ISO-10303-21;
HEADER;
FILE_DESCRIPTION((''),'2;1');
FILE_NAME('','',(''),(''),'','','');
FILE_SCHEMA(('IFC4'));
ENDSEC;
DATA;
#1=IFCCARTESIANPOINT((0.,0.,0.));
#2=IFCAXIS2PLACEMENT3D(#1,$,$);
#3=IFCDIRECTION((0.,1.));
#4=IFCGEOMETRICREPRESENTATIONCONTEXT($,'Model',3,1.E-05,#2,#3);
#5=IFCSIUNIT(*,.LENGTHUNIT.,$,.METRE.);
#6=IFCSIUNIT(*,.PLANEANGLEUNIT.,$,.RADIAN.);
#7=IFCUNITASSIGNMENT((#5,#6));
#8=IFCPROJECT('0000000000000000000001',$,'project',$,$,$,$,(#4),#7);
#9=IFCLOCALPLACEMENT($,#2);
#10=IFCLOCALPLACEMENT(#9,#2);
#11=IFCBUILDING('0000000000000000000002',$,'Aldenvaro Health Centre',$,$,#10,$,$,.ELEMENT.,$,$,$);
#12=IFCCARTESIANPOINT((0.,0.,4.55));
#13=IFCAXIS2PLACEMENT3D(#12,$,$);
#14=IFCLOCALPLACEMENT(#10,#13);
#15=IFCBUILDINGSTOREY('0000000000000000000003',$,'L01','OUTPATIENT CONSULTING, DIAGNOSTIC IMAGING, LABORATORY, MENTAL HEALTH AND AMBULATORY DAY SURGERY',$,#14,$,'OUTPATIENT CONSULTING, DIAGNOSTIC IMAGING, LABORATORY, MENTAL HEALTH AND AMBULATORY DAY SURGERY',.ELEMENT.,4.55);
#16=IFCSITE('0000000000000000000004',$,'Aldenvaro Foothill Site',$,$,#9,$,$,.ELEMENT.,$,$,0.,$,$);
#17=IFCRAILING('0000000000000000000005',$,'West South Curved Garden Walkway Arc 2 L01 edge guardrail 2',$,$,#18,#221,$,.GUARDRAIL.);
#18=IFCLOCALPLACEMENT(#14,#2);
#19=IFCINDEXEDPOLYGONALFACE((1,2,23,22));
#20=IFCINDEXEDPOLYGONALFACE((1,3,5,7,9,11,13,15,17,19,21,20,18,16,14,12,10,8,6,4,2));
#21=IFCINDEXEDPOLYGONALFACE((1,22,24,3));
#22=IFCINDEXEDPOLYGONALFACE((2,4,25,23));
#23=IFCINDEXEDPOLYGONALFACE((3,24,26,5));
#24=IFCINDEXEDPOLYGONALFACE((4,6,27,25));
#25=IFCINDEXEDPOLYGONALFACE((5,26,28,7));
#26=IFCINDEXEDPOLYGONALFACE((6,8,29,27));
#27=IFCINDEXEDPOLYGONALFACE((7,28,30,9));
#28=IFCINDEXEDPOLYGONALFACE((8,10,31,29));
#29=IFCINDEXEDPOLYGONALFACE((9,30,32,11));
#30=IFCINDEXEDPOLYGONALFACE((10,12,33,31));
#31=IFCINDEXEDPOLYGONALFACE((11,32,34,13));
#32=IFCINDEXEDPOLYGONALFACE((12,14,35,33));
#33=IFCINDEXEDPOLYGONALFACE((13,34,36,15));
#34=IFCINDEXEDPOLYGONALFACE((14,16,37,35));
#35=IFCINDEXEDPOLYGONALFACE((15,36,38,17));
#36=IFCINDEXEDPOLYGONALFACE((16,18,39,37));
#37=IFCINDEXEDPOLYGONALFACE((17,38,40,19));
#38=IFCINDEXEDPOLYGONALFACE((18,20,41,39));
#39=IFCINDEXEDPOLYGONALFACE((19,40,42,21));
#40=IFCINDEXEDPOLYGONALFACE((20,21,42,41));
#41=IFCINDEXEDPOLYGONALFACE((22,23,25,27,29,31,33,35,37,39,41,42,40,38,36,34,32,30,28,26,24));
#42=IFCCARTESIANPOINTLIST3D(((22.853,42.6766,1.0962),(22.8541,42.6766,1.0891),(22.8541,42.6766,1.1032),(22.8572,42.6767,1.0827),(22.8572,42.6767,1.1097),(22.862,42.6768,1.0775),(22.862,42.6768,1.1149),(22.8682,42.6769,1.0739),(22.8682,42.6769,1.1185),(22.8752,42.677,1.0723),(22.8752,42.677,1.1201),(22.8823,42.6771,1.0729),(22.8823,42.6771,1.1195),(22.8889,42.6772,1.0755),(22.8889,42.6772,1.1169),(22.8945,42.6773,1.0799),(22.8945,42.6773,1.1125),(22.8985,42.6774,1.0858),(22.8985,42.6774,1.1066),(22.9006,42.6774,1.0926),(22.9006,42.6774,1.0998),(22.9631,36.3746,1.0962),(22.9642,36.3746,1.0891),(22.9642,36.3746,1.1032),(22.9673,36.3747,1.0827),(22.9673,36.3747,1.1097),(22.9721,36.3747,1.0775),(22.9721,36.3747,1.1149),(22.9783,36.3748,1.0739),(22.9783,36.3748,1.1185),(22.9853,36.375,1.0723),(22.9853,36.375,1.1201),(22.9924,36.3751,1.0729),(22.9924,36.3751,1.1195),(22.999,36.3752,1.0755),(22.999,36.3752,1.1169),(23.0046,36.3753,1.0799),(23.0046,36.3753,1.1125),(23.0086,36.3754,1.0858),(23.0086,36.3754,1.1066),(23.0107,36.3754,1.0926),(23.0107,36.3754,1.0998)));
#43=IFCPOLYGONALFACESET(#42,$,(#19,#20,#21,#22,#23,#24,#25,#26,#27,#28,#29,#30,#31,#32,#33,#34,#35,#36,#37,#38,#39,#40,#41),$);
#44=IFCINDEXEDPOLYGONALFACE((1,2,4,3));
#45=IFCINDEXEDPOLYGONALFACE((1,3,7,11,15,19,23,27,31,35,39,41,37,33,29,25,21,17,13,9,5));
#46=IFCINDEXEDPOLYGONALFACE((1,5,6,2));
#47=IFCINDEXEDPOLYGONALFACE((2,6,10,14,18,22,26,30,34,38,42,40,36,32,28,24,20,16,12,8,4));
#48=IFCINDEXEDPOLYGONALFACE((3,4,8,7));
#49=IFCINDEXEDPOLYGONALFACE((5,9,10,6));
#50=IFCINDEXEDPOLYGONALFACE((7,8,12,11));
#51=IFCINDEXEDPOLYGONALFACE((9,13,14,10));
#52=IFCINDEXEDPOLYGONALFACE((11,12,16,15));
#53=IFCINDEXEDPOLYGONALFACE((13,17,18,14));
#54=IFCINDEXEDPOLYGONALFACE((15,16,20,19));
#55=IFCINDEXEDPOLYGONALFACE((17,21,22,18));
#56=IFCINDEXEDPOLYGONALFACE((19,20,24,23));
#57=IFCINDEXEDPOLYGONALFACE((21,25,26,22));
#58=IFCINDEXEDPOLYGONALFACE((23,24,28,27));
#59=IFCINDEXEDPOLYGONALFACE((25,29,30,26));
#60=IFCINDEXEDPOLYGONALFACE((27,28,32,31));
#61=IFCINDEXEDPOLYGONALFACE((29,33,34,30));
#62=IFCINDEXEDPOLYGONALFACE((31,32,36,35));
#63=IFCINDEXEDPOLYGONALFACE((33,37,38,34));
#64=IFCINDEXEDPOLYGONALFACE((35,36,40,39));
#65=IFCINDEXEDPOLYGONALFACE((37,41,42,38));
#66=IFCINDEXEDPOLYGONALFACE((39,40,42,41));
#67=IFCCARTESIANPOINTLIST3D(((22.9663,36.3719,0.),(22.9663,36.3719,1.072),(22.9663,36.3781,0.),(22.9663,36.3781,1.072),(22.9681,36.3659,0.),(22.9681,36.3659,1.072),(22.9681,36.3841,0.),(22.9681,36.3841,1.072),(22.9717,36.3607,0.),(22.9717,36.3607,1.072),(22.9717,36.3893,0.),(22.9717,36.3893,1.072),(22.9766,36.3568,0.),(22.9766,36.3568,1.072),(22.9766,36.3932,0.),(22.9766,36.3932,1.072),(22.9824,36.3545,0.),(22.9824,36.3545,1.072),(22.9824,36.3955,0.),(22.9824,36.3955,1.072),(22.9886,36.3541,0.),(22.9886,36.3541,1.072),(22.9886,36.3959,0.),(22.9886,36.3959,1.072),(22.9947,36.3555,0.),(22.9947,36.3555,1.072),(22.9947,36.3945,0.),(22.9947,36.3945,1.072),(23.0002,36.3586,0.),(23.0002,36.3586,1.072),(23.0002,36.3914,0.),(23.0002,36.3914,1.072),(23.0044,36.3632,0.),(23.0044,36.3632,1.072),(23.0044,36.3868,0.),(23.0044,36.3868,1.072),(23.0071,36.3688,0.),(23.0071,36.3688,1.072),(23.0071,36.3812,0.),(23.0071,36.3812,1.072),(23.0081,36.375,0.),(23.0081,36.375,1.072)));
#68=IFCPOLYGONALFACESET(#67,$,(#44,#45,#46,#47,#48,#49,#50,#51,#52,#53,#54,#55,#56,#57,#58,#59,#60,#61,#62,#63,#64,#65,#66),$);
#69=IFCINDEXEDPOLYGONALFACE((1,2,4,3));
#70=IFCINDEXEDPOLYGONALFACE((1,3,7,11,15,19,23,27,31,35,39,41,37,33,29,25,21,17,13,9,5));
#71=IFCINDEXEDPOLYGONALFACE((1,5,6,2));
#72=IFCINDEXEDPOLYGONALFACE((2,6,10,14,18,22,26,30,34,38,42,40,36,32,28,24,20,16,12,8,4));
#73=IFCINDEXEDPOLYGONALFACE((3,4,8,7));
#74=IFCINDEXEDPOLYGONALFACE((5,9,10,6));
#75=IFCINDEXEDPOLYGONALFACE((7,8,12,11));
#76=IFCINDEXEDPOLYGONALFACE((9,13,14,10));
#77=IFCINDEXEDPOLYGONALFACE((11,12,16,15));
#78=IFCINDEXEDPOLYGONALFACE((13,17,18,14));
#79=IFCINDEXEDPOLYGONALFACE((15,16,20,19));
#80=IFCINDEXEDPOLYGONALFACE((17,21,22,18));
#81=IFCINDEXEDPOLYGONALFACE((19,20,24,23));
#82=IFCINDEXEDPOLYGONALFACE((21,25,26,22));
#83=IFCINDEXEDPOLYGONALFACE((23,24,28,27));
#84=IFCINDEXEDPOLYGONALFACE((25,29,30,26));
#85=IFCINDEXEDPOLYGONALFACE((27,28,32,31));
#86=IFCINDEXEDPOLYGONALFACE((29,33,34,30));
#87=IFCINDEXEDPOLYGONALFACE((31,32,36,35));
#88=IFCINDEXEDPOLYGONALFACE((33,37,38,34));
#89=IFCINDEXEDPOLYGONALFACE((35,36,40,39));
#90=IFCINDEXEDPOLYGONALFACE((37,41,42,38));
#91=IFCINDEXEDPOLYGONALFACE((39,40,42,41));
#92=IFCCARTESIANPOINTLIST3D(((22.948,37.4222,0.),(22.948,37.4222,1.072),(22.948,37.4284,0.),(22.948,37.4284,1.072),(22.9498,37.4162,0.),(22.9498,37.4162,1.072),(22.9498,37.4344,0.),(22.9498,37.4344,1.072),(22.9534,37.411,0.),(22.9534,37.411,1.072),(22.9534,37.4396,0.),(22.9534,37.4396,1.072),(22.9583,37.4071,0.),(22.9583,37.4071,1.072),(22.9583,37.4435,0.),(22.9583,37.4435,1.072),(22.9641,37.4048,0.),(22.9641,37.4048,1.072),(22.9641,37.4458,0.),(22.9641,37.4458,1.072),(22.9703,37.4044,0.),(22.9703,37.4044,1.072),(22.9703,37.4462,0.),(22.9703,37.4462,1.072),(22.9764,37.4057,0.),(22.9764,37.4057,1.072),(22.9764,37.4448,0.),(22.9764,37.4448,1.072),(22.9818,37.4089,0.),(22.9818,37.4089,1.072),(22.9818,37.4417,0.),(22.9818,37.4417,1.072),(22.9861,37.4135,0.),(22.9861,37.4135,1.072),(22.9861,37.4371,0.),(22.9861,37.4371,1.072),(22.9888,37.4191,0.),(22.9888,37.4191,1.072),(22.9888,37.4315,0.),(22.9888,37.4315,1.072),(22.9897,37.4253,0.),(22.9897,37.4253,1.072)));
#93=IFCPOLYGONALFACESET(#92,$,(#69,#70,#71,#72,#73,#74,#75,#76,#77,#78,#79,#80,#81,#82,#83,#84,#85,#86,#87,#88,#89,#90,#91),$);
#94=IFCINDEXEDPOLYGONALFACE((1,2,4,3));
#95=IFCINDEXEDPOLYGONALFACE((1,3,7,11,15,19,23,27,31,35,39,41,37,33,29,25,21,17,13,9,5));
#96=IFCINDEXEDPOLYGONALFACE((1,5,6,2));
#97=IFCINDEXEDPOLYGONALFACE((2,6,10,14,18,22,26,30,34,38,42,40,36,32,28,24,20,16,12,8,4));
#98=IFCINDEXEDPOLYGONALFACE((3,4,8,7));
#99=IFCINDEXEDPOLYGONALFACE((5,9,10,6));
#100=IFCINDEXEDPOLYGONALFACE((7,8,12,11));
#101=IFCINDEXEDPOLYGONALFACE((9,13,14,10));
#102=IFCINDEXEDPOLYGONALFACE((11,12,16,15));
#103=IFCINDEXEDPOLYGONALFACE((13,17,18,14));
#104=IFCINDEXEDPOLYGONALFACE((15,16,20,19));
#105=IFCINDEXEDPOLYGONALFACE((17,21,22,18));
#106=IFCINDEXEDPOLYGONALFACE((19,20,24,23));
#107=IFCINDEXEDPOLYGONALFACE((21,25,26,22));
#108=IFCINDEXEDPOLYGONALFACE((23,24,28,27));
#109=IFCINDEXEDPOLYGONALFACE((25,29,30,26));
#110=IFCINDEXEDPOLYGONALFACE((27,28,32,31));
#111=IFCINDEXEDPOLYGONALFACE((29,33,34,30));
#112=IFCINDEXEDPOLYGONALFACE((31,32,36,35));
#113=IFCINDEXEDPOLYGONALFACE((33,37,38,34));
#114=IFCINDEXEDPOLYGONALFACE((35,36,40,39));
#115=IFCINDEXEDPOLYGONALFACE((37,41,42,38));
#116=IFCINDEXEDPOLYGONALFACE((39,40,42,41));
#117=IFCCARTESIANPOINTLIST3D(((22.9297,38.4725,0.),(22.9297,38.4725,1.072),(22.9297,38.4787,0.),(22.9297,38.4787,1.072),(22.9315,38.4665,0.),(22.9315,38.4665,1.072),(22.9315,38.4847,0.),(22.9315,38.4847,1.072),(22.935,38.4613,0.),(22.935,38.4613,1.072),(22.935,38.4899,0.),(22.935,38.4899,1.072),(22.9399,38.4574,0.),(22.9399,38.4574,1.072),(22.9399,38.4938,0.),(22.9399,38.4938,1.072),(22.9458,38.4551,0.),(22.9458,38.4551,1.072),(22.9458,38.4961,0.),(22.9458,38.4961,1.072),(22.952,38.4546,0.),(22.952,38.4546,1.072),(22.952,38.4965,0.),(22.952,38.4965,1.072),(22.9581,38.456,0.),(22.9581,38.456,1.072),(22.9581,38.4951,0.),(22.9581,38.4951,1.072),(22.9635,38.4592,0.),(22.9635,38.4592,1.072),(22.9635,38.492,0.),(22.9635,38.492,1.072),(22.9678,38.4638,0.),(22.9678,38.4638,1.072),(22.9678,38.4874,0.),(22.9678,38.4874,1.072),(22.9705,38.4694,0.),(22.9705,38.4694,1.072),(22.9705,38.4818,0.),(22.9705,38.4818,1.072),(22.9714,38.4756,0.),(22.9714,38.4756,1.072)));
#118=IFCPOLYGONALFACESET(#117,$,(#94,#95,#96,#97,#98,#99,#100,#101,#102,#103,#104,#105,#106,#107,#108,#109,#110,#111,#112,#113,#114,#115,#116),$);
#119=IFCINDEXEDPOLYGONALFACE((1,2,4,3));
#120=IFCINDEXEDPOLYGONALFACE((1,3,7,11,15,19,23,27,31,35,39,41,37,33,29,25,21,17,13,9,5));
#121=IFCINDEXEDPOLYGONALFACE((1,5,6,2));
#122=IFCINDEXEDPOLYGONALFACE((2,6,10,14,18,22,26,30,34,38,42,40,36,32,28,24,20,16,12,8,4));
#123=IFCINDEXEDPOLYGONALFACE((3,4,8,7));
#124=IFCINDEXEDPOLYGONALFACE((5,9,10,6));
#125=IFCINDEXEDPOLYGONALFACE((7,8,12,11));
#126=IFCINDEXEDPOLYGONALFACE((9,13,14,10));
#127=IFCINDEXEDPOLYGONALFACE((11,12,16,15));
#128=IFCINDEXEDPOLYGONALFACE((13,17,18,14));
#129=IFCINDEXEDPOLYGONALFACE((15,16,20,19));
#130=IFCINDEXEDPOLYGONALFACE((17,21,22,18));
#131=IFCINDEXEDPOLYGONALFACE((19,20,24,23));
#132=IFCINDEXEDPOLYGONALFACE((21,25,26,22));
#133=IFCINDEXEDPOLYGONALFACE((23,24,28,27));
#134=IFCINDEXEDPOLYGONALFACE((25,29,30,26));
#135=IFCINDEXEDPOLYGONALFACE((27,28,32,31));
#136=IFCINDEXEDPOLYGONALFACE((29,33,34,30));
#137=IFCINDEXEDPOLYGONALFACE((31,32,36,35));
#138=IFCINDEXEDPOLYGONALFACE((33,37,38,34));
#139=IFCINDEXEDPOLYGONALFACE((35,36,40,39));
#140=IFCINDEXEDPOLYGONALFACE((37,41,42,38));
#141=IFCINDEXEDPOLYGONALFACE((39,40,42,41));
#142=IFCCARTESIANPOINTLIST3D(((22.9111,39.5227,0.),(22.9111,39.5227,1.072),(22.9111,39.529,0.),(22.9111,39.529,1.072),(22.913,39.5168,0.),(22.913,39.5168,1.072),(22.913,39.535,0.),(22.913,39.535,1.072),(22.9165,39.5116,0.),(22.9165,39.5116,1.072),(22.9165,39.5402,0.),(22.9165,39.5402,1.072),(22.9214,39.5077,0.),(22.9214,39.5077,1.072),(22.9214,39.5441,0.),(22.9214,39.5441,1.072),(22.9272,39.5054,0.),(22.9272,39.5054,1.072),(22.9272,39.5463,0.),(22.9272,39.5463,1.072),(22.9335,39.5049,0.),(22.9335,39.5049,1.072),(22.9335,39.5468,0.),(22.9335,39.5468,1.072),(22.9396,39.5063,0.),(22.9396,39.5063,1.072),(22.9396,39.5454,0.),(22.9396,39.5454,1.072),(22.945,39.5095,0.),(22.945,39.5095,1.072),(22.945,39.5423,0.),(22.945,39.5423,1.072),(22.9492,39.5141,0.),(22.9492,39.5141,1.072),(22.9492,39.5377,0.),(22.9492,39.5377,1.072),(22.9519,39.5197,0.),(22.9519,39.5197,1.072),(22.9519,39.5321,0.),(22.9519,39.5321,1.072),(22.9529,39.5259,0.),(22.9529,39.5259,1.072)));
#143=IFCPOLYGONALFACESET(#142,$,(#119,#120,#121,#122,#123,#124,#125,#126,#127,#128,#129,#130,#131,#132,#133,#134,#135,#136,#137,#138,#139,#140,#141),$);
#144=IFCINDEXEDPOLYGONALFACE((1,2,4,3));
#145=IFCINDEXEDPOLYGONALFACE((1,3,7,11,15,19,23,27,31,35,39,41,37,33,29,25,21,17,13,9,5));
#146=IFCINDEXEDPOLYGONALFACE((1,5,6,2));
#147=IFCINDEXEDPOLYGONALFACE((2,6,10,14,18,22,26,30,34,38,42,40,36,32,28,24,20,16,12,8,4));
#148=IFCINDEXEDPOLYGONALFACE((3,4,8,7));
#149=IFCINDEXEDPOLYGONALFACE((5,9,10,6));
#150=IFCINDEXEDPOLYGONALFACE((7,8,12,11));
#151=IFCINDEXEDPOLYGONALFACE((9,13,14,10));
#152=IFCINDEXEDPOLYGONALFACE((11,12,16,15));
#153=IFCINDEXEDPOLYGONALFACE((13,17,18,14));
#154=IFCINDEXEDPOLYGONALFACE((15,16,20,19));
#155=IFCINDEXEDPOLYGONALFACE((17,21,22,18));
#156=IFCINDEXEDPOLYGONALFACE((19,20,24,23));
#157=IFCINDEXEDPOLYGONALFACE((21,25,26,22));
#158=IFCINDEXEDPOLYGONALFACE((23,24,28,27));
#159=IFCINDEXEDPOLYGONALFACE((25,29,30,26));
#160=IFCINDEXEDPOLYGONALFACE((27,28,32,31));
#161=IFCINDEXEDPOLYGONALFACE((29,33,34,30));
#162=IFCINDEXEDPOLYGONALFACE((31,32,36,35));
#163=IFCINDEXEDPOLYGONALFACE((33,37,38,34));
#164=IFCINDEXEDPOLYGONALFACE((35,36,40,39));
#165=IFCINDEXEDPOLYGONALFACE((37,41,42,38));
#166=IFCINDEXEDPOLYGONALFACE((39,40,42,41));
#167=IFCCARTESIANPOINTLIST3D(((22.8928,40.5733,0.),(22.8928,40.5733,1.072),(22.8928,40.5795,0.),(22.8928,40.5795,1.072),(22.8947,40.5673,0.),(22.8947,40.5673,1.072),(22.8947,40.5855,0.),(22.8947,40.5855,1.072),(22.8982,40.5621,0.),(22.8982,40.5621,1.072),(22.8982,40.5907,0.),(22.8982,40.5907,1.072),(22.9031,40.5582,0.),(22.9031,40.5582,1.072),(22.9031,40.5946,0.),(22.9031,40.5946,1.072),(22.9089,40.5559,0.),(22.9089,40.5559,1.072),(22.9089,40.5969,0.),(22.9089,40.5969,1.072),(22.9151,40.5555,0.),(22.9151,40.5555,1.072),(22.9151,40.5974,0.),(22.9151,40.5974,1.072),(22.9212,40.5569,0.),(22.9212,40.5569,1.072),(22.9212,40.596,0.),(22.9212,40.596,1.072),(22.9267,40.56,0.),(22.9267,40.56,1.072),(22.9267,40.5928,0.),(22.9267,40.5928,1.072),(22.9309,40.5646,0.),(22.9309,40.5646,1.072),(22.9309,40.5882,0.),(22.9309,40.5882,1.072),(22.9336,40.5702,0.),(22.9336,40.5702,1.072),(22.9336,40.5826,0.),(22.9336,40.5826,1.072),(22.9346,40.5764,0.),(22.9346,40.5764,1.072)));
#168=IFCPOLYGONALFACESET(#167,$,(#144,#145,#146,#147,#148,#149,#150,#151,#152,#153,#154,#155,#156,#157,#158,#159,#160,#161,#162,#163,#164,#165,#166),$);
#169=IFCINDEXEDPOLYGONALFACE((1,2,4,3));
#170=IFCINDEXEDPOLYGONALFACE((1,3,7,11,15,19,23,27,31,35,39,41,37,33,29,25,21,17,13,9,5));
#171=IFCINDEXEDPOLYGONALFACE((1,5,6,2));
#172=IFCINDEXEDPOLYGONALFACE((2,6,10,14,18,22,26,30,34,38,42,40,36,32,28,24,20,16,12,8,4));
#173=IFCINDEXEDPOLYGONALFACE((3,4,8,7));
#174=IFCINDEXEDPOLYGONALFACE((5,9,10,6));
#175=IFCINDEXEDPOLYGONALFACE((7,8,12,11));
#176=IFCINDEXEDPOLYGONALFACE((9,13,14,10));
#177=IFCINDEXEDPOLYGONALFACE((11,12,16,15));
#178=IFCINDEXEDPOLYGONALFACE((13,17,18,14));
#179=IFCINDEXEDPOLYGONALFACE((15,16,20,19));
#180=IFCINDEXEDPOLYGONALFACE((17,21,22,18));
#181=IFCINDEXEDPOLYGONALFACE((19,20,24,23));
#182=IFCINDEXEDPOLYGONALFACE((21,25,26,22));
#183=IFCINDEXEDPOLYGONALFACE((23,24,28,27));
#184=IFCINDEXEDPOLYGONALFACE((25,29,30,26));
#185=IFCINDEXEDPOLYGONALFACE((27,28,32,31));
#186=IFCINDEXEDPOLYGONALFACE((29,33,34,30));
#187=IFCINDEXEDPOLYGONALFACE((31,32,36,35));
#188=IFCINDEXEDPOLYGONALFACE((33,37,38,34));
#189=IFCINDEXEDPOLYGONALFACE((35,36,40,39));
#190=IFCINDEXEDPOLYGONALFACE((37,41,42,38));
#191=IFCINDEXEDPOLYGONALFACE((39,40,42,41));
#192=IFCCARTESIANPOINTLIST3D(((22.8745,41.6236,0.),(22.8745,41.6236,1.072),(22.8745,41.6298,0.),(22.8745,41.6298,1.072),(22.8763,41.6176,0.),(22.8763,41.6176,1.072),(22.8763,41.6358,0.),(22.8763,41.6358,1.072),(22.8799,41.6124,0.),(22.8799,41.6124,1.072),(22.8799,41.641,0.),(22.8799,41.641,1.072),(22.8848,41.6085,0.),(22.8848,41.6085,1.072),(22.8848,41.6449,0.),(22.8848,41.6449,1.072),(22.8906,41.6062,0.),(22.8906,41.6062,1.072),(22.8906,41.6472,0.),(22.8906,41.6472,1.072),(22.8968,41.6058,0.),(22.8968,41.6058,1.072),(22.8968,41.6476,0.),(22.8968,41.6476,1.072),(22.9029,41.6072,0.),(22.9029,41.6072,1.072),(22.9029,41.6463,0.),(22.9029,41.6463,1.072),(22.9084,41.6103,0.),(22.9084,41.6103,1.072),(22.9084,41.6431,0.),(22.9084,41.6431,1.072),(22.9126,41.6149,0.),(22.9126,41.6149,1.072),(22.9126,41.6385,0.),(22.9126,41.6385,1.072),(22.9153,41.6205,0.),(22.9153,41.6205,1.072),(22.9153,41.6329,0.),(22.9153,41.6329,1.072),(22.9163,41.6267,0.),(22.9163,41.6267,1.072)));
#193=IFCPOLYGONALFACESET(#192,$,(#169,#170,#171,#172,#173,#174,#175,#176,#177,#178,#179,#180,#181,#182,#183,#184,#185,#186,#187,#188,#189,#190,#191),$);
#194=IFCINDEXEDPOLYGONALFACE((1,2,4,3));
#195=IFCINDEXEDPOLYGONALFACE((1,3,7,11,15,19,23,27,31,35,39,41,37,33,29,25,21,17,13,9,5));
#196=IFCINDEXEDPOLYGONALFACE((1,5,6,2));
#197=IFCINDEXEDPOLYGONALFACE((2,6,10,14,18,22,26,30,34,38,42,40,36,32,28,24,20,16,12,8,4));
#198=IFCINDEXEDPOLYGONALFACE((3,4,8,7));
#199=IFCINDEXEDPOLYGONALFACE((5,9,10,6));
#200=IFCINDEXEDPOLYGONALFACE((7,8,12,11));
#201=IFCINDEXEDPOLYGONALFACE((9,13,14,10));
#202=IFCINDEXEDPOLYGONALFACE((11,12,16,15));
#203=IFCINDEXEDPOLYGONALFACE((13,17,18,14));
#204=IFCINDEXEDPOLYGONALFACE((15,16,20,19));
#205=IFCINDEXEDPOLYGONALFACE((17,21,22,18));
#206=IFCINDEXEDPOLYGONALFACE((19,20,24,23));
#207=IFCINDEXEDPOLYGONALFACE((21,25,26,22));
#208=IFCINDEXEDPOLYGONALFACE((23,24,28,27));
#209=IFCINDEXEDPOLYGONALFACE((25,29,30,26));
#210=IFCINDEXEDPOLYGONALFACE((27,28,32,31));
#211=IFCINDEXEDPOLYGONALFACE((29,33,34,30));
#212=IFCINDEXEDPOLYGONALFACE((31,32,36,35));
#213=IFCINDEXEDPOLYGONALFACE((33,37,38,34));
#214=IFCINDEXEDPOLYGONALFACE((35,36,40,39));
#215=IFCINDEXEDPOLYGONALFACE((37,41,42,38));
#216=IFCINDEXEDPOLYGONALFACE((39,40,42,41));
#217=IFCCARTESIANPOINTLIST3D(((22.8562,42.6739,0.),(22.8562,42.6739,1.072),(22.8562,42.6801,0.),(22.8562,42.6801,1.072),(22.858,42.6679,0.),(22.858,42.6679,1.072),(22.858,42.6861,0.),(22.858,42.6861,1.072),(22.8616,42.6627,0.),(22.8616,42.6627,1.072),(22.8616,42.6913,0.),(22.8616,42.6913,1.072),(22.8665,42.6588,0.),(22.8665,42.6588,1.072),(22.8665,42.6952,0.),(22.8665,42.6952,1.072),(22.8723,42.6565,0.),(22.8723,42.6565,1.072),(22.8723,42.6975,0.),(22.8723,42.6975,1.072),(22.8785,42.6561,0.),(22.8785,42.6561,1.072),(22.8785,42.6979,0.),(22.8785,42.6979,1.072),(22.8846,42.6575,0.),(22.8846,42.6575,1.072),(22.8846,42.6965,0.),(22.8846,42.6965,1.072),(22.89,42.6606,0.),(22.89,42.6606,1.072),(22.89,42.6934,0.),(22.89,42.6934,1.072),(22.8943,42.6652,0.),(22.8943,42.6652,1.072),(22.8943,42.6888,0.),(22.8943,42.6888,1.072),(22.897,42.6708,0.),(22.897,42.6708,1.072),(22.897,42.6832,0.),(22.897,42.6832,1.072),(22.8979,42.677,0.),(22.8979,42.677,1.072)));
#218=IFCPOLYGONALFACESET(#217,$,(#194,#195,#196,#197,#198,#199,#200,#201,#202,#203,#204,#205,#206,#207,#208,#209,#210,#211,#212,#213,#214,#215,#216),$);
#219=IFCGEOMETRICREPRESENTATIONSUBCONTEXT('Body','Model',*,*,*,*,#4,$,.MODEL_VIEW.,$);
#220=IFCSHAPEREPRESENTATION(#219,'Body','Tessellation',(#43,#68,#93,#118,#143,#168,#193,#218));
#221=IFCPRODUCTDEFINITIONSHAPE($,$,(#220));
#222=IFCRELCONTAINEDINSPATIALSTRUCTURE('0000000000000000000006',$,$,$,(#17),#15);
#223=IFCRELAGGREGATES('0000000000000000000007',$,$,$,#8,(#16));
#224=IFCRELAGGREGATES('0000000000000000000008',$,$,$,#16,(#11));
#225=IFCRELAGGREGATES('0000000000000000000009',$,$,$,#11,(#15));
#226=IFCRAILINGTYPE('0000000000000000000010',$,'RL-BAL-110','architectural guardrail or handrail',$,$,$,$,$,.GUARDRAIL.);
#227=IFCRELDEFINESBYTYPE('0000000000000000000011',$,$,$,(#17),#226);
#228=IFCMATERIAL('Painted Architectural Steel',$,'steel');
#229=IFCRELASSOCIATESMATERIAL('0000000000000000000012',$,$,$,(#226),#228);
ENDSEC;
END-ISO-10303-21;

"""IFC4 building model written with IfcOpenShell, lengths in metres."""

from ifc_helpers import new_model, si_unit, direction, frame, origin, origin_2d, place, context, subcontext, project, spatial, circle, extrude, material, type_object, element, save


model = new_model("IFC4")

# Units and contexts
model_context = context("Model", 3, precision=1e-05, world=origin(), true_north=direction((0.0, 1.0)))
body_context = subcontext(model_context, "Body", "Model", "MODEL_VIEW")
ifc_project = project(units=[si_unit("LENGTHUNIT", "METRE"), si_unit("PLANEANGLEUNIT", "RADIAN")], contexts=[model_context])

# Site, building, storey
site_placement = place(None, origin())
site = spatial("IfcSite", under=ifc_project, at=site_placement, Name="Aldenvaro Foothill Site", CompositionType="ELEMENT", RefElevation=0.0)
building_placement = place(site_placement, origin())
building = spatial("IfcBuilding", under=site, at=building_placement, Name="Aldenvaro Health Centre", CompositionType="ELEMENT")
storey_placement = place(building_placement, frame((0.0, 0.0, 4.55)))
storey = spatial("IfcBuildingStorey", under=building, at=storey_placement, Name="L01", Description="OUTPATIENT CONSULTING, DIAGNOSTIC IMAGING, LABORATORY, MENTAL HEALTH AND AMBULATORY DAY SURGERY", LongName="OUTPATIENT CONSULTING, DIAGNOSTIC IMAGING, LABORATORY, MENTAL HEALTH AND AMBULATORY DAY SURGERY", CompositionType="ELEMENT", Elevation=4.55)

# Railing
ifc_material_1 = material(Name="Painted Architectural Steel", Category="steel")
railing_type = type_object("IfcRailingType", Name="RL-BAL-110", Description="architectural guardrail or handrail", PredefinedType="GUARDRAIL", material=ifc_material_1)
railing_1_placement = place(storey_placement, frame((22.9871, 36.375, 0.0)))
element("IfcRailing", 1, at=railing_1_placement, inside=storey, type_object=railing_type, Name="West South Curved Garden Walkway Arc 2 L01 edge guardrail 2", PredefinedType="GUARDRAIL", context=body_context, shape_type="SweptSolid", body=[
    extrude(circle(Radius=0.0239, at=origin_2d()), frame((0.0, 0.0, 1.0962), z_axis=(-0.017469, 0.999847, 0.0), x_axis=(-0.999847, -0.017469, 0.0)), (0.0, 0.0, 1.0), 6.303),
    extrude(circle(Radius=0.021, at=origin_2d()), origin(), (0.0, 0.0, 1.0), 1.072),
    extrude(circle(Radius=0.021, at=origin_2d()), frame((-0.0183, 1.0503, 0.0)), (0.0, 0.0, 1.0), 1.072),
    extrude(circle(Radius=0.021, at=origin_2d()), frame((-0.0366, 2.1006, 0.0)), (0.0, 0.0, 1.0), 1.072),
    extrude(circle(Radius=0.021, at=origin_2d()), frame((-0.0552, 3.1509, 0.0)), (0.0, 0.0, 1.0), 1.072),
    extrude(circle(Radius=0.021, at=origin_2d()), frame((-0.0735, 4.2014, 0.0)), (0.0, 0.0, 1.0), 1.072),
    extrude(circle(Radius=0.021, at=origin_2d()), frame((-0.0918, 5.2517, 0.0)), (0.0, 0.0, 1.0), 1.072),
    extrude(circle(Radius=0.021, at=origin_2d()), frame((-0.1101, 6.302, 0.0)), (0.0, 0.0, 1.0), 1.072),
])

save(model, "model.ifc")
